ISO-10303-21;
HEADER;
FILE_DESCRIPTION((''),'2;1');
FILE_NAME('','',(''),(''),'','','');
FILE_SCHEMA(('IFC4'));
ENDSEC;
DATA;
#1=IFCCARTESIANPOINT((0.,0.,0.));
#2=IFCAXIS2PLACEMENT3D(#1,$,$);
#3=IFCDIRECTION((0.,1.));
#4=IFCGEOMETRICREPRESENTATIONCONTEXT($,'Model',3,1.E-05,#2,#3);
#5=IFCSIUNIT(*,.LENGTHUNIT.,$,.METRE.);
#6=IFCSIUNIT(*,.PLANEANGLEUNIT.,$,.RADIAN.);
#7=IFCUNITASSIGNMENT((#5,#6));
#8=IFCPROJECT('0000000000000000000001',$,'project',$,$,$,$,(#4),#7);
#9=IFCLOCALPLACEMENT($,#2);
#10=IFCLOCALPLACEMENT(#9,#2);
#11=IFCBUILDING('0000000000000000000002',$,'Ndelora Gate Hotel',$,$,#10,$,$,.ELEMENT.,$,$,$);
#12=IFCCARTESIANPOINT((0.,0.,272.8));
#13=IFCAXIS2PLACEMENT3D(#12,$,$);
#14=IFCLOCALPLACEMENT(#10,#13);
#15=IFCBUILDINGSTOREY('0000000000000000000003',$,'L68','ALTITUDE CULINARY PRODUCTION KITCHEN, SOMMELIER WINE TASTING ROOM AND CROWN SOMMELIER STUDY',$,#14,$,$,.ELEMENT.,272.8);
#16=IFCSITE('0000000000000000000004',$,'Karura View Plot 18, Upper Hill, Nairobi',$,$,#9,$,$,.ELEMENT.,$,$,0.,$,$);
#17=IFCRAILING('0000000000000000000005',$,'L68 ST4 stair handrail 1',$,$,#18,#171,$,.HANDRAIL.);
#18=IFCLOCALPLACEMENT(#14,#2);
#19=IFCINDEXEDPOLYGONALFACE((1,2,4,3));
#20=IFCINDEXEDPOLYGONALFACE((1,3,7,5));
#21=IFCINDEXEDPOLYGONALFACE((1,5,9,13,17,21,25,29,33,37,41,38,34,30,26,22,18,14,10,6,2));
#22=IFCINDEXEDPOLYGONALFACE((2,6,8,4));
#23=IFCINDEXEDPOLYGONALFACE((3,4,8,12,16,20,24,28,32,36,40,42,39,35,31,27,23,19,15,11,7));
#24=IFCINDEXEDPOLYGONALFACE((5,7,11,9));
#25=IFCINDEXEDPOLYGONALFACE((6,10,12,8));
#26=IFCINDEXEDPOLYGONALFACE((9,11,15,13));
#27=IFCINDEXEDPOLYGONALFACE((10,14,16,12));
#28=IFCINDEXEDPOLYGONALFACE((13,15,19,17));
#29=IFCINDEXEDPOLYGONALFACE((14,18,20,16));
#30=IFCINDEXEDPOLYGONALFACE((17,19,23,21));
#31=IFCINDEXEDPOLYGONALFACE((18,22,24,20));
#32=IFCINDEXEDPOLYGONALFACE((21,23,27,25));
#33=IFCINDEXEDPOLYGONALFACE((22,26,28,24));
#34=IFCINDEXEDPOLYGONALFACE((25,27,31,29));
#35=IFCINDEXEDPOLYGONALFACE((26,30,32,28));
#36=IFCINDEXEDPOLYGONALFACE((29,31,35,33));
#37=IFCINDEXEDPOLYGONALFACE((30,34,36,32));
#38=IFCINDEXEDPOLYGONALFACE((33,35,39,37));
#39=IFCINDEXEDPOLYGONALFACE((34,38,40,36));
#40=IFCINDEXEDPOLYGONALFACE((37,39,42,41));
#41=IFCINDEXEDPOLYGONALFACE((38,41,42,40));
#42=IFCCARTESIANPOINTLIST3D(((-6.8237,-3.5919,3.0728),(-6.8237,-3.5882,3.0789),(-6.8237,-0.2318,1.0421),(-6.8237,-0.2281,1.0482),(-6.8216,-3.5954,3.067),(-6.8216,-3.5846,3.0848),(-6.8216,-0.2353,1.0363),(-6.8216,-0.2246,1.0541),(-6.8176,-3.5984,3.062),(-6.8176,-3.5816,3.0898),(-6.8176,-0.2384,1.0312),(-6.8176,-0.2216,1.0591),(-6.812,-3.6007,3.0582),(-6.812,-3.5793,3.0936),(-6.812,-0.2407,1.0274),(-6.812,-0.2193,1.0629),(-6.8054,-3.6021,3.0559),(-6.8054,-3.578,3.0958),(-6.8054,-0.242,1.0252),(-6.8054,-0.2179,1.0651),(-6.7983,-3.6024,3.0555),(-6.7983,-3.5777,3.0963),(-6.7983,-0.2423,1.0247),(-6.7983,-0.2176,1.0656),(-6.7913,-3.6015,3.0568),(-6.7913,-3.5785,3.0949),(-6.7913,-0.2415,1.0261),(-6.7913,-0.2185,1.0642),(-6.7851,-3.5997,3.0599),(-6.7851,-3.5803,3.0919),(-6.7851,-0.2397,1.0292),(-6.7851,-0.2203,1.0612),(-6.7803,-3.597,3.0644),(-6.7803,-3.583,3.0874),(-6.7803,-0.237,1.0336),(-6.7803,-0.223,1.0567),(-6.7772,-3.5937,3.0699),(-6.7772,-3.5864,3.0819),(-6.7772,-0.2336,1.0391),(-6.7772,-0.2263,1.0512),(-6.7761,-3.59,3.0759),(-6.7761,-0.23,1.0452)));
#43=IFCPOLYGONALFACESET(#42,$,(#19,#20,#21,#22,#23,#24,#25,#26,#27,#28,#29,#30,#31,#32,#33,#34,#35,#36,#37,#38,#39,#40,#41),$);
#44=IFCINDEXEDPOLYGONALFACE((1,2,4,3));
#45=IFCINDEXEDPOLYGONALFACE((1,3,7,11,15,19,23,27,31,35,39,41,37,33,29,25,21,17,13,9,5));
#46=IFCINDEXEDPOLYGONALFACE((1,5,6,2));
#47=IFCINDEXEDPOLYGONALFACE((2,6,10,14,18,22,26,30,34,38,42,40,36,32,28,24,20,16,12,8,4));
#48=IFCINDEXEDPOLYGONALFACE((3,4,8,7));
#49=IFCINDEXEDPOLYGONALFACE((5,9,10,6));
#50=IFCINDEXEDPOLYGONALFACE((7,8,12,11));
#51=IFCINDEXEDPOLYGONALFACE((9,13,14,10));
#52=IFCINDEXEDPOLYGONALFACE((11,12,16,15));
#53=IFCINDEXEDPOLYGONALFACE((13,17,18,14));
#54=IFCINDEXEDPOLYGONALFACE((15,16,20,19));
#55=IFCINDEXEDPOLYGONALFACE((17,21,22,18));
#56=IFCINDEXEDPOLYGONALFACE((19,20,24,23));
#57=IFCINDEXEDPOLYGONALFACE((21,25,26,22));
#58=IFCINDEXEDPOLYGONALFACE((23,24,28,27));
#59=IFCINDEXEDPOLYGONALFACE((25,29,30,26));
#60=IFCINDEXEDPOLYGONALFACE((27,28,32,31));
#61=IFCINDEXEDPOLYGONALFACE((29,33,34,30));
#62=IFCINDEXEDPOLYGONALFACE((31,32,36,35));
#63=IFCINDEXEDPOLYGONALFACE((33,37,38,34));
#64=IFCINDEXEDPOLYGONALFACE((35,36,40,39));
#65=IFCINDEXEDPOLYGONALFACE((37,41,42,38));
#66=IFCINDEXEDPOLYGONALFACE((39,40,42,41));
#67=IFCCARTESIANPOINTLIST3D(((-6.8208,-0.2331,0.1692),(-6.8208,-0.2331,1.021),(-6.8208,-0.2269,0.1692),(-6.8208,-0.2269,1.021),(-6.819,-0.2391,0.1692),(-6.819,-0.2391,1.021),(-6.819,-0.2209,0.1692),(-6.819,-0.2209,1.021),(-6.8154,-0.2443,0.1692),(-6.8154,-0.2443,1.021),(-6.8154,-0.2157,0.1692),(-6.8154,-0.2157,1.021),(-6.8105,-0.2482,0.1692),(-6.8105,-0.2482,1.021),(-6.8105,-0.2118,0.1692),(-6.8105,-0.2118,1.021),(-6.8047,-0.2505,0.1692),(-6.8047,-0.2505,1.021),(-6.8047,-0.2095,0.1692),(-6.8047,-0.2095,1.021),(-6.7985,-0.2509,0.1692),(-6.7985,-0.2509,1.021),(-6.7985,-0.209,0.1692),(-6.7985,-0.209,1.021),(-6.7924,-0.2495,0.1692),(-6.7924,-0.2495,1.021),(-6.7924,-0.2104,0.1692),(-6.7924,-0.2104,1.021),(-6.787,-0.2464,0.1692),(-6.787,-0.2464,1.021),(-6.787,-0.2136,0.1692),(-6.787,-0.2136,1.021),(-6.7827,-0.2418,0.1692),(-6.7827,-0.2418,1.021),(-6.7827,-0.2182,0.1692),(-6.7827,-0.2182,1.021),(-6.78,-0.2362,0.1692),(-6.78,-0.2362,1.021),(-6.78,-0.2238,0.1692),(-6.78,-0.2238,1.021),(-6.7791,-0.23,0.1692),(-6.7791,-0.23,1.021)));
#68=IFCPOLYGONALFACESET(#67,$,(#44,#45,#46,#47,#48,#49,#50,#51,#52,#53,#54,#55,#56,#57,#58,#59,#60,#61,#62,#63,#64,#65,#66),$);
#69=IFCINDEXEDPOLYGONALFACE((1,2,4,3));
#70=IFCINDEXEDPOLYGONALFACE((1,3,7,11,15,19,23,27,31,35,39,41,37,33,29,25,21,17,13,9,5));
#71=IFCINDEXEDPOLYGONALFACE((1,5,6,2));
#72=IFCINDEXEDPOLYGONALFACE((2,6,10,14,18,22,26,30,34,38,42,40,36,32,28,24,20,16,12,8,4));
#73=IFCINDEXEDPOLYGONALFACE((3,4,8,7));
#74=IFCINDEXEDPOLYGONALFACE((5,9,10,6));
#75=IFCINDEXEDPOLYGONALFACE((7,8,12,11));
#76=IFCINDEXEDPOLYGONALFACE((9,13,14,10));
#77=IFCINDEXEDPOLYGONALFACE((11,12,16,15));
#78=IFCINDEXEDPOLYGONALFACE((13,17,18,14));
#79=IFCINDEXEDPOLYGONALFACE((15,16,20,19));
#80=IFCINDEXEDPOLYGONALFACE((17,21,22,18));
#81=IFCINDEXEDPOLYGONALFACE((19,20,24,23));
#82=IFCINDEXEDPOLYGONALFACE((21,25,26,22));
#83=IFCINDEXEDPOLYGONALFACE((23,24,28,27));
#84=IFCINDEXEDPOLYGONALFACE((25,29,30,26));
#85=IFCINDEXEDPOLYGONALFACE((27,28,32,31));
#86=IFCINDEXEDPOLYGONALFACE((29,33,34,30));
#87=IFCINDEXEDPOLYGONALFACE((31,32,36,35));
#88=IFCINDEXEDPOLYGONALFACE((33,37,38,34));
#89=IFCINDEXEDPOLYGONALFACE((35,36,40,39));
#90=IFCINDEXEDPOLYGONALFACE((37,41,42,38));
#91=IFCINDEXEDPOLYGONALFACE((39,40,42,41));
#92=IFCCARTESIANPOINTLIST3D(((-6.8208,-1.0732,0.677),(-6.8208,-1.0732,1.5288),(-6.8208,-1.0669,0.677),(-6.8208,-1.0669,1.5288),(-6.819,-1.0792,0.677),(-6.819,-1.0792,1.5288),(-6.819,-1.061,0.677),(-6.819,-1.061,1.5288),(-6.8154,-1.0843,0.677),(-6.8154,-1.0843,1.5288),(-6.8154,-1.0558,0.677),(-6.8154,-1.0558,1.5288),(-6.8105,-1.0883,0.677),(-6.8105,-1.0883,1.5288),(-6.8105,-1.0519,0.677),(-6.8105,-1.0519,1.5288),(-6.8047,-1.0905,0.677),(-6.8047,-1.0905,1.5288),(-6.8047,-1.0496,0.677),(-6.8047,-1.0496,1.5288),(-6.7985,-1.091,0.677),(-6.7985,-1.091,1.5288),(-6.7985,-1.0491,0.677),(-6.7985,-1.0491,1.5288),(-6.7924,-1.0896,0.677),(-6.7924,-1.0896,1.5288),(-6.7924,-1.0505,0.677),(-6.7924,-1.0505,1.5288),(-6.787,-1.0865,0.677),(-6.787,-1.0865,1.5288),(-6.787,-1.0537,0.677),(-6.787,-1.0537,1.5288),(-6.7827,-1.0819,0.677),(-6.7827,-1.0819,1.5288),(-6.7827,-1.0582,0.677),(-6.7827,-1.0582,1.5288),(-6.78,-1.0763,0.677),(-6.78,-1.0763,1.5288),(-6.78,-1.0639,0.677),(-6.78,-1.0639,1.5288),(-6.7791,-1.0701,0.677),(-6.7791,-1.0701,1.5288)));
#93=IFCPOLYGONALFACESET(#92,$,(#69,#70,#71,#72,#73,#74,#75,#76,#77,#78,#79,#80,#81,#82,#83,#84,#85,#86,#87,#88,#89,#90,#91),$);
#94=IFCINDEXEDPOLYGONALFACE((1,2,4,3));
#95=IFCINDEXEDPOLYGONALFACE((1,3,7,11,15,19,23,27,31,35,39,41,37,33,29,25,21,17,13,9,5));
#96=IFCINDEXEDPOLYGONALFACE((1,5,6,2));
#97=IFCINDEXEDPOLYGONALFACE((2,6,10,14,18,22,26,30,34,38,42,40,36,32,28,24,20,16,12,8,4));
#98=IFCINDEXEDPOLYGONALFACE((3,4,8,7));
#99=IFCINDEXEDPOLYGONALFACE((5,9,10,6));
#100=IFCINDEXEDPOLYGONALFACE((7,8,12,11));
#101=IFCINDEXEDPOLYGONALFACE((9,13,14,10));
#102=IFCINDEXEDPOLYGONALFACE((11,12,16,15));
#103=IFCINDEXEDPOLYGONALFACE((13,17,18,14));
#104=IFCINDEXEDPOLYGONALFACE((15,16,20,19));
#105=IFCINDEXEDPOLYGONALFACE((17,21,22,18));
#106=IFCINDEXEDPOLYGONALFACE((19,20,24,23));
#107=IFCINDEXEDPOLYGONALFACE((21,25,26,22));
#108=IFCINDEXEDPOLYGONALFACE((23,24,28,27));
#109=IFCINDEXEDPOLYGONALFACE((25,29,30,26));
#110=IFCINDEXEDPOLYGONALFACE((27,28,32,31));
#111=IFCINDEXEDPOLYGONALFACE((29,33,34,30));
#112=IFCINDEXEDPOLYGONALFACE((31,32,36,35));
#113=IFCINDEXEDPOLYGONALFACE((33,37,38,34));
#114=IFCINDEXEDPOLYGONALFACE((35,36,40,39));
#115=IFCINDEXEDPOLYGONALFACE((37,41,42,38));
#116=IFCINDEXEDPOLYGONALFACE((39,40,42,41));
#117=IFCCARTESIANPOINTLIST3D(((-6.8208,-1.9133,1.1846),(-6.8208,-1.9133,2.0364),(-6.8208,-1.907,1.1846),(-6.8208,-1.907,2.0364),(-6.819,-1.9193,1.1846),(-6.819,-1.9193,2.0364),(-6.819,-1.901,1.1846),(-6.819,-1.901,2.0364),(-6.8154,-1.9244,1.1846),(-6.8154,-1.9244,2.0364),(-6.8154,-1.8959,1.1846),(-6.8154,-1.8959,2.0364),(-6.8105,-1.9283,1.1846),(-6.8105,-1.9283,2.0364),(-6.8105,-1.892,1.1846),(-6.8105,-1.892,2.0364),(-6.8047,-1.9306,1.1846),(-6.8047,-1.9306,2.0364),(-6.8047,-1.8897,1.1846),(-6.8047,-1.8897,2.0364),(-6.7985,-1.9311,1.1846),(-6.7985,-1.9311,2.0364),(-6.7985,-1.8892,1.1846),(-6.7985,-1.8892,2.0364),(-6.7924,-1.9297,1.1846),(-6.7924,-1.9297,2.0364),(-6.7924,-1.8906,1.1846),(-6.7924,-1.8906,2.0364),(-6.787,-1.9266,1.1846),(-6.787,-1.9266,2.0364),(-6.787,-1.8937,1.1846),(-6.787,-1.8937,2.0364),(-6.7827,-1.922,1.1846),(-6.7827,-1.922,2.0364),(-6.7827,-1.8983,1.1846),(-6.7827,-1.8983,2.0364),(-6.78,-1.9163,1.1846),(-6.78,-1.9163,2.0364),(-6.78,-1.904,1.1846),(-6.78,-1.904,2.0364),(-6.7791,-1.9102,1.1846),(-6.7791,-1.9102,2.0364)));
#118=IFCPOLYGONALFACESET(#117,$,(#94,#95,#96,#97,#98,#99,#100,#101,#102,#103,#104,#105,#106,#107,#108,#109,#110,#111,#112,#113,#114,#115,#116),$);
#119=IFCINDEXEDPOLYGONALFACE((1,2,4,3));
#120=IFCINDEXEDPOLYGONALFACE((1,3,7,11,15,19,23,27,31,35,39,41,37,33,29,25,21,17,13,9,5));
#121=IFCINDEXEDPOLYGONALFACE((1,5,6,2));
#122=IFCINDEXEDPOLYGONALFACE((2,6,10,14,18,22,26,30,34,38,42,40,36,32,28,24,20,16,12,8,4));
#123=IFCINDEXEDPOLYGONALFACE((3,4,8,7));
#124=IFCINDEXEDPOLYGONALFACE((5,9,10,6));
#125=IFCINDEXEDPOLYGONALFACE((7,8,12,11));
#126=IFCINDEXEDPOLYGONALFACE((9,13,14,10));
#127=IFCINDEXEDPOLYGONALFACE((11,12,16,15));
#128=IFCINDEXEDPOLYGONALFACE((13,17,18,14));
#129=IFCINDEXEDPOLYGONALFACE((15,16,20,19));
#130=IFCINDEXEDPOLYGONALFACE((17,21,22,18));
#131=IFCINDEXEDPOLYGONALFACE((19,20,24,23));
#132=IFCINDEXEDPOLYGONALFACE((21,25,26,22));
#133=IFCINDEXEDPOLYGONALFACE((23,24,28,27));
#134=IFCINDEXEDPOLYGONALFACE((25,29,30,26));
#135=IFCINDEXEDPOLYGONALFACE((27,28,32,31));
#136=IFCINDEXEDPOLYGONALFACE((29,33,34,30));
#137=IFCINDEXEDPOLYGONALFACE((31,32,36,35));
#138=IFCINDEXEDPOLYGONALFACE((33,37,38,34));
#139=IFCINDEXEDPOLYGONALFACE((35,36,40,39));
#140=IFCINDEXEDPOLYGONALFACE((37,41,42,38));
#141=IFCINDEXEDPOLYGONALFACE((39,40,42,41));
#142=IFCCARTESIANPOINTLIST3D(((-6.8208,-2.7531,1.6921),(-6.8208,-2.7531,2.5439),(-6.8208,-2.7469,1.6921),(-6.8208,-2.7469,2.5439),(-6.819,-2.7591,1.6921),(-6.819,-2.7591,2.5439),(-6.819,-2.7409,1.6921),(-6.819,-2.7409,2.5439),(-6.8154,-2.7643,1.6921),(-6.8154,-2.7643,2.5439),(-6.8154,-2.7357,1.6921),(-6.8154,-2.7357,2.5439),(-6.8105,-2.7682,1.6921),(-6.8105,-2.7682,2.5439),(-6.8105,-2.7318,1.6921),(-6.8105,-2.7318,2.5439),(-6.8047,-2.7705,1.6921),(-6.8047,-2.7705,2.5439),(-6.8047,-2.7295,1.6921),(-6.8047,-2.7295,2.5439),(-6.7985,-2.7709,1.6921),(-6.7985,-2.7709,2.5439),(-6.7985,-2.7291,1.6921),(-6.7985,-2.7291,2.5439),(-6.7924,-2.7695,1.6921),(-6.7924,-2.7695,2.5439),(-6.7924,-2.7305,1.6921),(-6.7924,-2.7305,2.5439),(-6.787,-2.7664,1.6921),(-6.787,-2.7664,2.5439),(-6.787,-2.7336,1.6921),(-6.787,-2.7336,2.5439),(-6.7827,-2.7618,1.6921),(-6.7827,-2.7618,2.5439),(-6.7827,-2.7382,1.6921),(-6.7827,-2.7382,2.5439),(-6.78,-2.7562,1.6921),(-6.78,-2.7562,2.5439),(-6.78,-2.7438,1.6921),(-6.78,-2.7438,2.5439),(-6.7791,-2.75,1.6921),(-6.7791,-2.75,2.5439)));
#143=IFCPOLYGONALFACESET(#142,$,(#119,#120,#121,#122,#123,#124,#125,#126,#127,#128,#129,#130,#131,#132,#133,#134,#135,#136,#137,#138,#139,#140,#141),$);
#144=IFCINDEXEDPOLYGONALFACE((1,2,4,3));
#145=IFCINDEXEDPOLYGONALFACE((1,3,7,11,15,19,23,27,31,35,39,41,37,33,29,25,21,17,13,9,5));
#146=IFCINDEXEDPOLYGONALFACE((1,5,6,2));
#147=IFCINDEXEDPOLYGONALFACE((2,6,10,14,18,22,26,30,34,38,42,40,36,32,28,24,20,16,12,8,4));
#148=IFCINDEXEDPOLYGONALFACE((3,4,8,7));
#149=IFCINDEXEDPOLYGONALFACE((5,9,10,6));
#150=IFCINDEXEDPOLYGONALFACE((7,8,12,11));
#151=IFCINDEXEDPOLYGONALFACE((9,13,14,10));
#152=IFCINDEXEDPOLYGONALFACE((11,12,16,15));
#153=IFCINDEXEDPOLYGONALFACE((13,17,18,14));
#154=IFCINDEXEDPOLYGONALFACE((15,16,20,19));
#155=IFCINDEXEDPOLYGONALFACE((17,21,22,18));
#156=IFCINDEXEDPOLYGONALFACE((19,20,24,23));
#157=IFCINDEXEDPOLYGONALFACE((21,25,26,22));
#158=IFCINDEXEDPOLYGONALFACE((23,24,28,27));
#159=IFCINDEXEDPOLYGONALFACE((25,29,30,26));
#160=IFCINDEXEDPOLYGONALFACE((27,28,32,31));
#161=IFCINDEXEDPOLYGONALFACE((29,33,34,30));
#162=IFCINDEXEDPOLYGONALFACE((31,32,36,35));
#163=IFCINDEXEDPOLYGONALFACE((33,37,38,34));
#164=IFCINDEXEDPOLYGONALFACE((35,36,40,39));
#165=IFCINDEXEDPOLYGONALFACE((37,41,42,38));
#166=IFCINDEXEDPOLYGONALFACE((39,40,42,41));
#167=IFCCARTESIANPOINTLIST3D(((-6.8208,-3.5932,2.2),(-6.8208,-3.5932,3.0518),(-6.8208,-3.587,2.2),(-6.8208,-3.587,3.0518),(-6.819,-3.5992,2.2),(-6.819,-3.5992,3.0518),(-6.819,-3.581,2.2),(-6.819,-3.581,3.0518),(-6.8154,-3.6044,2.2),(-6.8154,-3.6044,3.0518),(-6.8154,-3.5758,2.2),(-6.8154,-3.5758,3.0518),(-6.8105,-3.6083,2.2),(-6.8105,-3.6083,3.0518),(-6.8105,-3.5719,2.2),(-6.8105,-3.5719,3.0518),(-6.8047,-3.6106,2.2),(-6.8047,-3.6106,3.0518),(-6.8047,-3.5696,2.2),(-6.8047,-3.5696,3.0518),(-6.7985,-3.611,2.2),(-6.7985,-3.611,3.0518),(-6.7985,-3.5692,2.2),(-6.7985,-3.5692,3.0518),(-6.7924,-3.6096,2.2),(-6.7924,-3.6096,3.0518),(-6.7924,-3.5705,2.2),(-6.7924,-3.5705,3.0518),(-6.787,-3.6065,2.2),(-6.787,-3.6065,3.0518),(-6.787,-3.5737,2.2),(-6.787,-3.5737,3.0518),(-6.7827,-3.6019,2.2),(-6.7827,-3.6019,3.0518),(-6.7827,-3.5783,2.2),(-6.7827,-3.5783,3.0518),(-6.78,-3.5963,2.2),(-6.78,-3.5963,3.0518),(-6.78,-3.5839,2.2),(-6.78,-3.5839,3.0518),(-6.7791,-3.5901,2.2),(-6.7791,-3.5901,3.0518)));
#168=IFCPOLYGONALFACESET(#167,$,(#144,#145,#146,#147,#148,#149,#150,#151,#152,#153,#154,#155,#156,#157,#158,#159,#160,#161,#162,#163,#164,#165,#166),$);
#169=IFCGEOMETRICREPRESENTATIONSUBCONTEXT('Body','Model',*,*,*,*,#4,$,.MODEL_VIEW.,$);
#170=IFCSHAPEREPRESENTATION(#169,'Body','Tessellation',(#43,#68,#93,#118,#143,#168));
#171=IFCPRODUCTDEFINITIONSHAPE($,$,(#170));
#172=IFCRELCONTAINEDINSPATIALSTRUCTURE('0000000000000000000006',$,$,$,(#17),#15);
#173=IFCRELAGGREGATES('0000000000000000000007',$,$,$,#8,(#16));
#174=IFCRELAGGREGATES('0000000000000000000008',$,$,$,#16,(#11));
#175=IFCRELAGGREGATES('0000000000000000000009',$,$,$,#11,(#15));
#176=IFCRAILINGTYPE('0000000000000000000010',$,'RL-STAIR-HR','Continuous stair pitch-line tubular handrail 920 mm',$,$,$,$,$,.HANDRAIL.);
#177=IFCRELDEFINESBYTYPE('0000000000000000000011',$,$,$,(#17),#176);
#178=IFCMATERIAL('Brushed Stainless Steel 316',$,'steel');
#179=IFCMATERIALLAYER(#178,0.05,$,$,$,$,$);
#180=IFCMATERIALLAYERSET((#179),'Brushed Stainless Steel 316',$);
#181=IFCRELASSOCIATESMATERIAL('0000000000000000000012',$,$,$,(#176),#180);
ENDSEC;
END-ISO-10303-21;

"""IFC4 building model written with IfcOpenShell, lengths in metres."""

from ifc_helpers import new_model, si_unit, direction, frame, origin, origin_2d, place, context, subcontext, project, spatial, circle, extrude, material, layer, layer_set, type_object, element, save


model = new_model("IFC4")

# Units and contexts
model_context = context("Model", 3, precision=1e-05, world=origin(), true_north=direction((0.0, 1.0)))
body_context = subcontext(model_context, "Body", "Model", "MODEL_VIEW")
ifc_project = project(units=[si_unit("LENGTHUNIT", "METRE"), si_unit("PLANEANGLEUNIT", "RADIAN")], contexts=[model_context])

# Site, building, storey
site_placement = place(None, origin())
site = spatial("IfcSite", under=ifc_project, at=site_placement, Name="Karura View Plot 18, Upper Hill, Nairobi", CompositionType="ELEMENT", RefElevation=0.0)
building_placement = place(site_placement, origin())
building = spatial("IfcBuilding", under=site, at=building_placement, Name="Ndelora Gate Hotel", CompositionType="ELEMENT")
storey_placement = place(building_placement, frame((0.0, 0.0, 272.8)))
storey = spatial("IfcBuildingStorey", under=building, at=storey_placement, Name="L68", Description="ALTITUDE CULINARY PRODUCTION KITCHEN, SOMMELIER WINE TASTING ROOM AND CROWN SOMMELIER STUDY", CompositionType="ELEMENT", Elevation=272.8)

# Railing
ifc_material_1 = material(Name="Brushed Stainless Steel 316", Category="steel")
ifc_layer_1 = layer(ifc_material_1, 0.05)
ifc_layer_set_1 = layer_set([ifc_layer_1], Name="Brushed Stainless Steel 316")
railing_type_1 = type_object("IfcRailingType", Name="RL-STAIR-HR", Description="Continuous stair pitch-line tubular handrail 920 mm", PredefinedType="HANDRAIL", material=ifc_layer_set_1)
railing_1_placement = place(storey_placement, frame((-6.8, -0.23, 0.1692)))
element("IfcRailing", 1, at=railing_1_placement, inside=storey, type_object=railing_type_1, Name="L68 ST4 stair handrail 1", PredefinedType="HANDRAIL", context=body_context, shape_type="SweptSolid", body=[
    extrude(circle(Radius=0.0239, at=origin_2d()), frame((0.0, 0.0, 0.876), z_axis=(0.0, -0.855837, 0.517246), x_axis=(1.0, 0.0, 0.0)), (0.0, 0.0, 1.0), 3.926),
    extrude(circle(Radius=0.021, at=origin_2d()), origin(), (0.0, 0.0, 1.0), 0.8518),
    extrude(circle(Radius=0.021, at=origin_2d()), frame((0.0, -0.8401, 0.5078)), (0.0, 0.0, 1.0), 0.8518),
    extrude(circle(Radius=0.021, at=origin_2d()), frame((0.0, -1.6802, 1.0154)), (0.0, 0.0, 1.0), 0.8518),
    extrude(circle(Radius=0.021, at=origin_2d()), frame((0.0, -2.52, 1.5229)), (0.0, 0.0, 1.0), 0.8518),
    extrude(circle(Radius=0.021, at=origin_2d()), frame((0.0, -3.3601, 2.0308)), (0.0, 0.0, 1.0), 0.8518),
])

save(model, "model.ifc")
